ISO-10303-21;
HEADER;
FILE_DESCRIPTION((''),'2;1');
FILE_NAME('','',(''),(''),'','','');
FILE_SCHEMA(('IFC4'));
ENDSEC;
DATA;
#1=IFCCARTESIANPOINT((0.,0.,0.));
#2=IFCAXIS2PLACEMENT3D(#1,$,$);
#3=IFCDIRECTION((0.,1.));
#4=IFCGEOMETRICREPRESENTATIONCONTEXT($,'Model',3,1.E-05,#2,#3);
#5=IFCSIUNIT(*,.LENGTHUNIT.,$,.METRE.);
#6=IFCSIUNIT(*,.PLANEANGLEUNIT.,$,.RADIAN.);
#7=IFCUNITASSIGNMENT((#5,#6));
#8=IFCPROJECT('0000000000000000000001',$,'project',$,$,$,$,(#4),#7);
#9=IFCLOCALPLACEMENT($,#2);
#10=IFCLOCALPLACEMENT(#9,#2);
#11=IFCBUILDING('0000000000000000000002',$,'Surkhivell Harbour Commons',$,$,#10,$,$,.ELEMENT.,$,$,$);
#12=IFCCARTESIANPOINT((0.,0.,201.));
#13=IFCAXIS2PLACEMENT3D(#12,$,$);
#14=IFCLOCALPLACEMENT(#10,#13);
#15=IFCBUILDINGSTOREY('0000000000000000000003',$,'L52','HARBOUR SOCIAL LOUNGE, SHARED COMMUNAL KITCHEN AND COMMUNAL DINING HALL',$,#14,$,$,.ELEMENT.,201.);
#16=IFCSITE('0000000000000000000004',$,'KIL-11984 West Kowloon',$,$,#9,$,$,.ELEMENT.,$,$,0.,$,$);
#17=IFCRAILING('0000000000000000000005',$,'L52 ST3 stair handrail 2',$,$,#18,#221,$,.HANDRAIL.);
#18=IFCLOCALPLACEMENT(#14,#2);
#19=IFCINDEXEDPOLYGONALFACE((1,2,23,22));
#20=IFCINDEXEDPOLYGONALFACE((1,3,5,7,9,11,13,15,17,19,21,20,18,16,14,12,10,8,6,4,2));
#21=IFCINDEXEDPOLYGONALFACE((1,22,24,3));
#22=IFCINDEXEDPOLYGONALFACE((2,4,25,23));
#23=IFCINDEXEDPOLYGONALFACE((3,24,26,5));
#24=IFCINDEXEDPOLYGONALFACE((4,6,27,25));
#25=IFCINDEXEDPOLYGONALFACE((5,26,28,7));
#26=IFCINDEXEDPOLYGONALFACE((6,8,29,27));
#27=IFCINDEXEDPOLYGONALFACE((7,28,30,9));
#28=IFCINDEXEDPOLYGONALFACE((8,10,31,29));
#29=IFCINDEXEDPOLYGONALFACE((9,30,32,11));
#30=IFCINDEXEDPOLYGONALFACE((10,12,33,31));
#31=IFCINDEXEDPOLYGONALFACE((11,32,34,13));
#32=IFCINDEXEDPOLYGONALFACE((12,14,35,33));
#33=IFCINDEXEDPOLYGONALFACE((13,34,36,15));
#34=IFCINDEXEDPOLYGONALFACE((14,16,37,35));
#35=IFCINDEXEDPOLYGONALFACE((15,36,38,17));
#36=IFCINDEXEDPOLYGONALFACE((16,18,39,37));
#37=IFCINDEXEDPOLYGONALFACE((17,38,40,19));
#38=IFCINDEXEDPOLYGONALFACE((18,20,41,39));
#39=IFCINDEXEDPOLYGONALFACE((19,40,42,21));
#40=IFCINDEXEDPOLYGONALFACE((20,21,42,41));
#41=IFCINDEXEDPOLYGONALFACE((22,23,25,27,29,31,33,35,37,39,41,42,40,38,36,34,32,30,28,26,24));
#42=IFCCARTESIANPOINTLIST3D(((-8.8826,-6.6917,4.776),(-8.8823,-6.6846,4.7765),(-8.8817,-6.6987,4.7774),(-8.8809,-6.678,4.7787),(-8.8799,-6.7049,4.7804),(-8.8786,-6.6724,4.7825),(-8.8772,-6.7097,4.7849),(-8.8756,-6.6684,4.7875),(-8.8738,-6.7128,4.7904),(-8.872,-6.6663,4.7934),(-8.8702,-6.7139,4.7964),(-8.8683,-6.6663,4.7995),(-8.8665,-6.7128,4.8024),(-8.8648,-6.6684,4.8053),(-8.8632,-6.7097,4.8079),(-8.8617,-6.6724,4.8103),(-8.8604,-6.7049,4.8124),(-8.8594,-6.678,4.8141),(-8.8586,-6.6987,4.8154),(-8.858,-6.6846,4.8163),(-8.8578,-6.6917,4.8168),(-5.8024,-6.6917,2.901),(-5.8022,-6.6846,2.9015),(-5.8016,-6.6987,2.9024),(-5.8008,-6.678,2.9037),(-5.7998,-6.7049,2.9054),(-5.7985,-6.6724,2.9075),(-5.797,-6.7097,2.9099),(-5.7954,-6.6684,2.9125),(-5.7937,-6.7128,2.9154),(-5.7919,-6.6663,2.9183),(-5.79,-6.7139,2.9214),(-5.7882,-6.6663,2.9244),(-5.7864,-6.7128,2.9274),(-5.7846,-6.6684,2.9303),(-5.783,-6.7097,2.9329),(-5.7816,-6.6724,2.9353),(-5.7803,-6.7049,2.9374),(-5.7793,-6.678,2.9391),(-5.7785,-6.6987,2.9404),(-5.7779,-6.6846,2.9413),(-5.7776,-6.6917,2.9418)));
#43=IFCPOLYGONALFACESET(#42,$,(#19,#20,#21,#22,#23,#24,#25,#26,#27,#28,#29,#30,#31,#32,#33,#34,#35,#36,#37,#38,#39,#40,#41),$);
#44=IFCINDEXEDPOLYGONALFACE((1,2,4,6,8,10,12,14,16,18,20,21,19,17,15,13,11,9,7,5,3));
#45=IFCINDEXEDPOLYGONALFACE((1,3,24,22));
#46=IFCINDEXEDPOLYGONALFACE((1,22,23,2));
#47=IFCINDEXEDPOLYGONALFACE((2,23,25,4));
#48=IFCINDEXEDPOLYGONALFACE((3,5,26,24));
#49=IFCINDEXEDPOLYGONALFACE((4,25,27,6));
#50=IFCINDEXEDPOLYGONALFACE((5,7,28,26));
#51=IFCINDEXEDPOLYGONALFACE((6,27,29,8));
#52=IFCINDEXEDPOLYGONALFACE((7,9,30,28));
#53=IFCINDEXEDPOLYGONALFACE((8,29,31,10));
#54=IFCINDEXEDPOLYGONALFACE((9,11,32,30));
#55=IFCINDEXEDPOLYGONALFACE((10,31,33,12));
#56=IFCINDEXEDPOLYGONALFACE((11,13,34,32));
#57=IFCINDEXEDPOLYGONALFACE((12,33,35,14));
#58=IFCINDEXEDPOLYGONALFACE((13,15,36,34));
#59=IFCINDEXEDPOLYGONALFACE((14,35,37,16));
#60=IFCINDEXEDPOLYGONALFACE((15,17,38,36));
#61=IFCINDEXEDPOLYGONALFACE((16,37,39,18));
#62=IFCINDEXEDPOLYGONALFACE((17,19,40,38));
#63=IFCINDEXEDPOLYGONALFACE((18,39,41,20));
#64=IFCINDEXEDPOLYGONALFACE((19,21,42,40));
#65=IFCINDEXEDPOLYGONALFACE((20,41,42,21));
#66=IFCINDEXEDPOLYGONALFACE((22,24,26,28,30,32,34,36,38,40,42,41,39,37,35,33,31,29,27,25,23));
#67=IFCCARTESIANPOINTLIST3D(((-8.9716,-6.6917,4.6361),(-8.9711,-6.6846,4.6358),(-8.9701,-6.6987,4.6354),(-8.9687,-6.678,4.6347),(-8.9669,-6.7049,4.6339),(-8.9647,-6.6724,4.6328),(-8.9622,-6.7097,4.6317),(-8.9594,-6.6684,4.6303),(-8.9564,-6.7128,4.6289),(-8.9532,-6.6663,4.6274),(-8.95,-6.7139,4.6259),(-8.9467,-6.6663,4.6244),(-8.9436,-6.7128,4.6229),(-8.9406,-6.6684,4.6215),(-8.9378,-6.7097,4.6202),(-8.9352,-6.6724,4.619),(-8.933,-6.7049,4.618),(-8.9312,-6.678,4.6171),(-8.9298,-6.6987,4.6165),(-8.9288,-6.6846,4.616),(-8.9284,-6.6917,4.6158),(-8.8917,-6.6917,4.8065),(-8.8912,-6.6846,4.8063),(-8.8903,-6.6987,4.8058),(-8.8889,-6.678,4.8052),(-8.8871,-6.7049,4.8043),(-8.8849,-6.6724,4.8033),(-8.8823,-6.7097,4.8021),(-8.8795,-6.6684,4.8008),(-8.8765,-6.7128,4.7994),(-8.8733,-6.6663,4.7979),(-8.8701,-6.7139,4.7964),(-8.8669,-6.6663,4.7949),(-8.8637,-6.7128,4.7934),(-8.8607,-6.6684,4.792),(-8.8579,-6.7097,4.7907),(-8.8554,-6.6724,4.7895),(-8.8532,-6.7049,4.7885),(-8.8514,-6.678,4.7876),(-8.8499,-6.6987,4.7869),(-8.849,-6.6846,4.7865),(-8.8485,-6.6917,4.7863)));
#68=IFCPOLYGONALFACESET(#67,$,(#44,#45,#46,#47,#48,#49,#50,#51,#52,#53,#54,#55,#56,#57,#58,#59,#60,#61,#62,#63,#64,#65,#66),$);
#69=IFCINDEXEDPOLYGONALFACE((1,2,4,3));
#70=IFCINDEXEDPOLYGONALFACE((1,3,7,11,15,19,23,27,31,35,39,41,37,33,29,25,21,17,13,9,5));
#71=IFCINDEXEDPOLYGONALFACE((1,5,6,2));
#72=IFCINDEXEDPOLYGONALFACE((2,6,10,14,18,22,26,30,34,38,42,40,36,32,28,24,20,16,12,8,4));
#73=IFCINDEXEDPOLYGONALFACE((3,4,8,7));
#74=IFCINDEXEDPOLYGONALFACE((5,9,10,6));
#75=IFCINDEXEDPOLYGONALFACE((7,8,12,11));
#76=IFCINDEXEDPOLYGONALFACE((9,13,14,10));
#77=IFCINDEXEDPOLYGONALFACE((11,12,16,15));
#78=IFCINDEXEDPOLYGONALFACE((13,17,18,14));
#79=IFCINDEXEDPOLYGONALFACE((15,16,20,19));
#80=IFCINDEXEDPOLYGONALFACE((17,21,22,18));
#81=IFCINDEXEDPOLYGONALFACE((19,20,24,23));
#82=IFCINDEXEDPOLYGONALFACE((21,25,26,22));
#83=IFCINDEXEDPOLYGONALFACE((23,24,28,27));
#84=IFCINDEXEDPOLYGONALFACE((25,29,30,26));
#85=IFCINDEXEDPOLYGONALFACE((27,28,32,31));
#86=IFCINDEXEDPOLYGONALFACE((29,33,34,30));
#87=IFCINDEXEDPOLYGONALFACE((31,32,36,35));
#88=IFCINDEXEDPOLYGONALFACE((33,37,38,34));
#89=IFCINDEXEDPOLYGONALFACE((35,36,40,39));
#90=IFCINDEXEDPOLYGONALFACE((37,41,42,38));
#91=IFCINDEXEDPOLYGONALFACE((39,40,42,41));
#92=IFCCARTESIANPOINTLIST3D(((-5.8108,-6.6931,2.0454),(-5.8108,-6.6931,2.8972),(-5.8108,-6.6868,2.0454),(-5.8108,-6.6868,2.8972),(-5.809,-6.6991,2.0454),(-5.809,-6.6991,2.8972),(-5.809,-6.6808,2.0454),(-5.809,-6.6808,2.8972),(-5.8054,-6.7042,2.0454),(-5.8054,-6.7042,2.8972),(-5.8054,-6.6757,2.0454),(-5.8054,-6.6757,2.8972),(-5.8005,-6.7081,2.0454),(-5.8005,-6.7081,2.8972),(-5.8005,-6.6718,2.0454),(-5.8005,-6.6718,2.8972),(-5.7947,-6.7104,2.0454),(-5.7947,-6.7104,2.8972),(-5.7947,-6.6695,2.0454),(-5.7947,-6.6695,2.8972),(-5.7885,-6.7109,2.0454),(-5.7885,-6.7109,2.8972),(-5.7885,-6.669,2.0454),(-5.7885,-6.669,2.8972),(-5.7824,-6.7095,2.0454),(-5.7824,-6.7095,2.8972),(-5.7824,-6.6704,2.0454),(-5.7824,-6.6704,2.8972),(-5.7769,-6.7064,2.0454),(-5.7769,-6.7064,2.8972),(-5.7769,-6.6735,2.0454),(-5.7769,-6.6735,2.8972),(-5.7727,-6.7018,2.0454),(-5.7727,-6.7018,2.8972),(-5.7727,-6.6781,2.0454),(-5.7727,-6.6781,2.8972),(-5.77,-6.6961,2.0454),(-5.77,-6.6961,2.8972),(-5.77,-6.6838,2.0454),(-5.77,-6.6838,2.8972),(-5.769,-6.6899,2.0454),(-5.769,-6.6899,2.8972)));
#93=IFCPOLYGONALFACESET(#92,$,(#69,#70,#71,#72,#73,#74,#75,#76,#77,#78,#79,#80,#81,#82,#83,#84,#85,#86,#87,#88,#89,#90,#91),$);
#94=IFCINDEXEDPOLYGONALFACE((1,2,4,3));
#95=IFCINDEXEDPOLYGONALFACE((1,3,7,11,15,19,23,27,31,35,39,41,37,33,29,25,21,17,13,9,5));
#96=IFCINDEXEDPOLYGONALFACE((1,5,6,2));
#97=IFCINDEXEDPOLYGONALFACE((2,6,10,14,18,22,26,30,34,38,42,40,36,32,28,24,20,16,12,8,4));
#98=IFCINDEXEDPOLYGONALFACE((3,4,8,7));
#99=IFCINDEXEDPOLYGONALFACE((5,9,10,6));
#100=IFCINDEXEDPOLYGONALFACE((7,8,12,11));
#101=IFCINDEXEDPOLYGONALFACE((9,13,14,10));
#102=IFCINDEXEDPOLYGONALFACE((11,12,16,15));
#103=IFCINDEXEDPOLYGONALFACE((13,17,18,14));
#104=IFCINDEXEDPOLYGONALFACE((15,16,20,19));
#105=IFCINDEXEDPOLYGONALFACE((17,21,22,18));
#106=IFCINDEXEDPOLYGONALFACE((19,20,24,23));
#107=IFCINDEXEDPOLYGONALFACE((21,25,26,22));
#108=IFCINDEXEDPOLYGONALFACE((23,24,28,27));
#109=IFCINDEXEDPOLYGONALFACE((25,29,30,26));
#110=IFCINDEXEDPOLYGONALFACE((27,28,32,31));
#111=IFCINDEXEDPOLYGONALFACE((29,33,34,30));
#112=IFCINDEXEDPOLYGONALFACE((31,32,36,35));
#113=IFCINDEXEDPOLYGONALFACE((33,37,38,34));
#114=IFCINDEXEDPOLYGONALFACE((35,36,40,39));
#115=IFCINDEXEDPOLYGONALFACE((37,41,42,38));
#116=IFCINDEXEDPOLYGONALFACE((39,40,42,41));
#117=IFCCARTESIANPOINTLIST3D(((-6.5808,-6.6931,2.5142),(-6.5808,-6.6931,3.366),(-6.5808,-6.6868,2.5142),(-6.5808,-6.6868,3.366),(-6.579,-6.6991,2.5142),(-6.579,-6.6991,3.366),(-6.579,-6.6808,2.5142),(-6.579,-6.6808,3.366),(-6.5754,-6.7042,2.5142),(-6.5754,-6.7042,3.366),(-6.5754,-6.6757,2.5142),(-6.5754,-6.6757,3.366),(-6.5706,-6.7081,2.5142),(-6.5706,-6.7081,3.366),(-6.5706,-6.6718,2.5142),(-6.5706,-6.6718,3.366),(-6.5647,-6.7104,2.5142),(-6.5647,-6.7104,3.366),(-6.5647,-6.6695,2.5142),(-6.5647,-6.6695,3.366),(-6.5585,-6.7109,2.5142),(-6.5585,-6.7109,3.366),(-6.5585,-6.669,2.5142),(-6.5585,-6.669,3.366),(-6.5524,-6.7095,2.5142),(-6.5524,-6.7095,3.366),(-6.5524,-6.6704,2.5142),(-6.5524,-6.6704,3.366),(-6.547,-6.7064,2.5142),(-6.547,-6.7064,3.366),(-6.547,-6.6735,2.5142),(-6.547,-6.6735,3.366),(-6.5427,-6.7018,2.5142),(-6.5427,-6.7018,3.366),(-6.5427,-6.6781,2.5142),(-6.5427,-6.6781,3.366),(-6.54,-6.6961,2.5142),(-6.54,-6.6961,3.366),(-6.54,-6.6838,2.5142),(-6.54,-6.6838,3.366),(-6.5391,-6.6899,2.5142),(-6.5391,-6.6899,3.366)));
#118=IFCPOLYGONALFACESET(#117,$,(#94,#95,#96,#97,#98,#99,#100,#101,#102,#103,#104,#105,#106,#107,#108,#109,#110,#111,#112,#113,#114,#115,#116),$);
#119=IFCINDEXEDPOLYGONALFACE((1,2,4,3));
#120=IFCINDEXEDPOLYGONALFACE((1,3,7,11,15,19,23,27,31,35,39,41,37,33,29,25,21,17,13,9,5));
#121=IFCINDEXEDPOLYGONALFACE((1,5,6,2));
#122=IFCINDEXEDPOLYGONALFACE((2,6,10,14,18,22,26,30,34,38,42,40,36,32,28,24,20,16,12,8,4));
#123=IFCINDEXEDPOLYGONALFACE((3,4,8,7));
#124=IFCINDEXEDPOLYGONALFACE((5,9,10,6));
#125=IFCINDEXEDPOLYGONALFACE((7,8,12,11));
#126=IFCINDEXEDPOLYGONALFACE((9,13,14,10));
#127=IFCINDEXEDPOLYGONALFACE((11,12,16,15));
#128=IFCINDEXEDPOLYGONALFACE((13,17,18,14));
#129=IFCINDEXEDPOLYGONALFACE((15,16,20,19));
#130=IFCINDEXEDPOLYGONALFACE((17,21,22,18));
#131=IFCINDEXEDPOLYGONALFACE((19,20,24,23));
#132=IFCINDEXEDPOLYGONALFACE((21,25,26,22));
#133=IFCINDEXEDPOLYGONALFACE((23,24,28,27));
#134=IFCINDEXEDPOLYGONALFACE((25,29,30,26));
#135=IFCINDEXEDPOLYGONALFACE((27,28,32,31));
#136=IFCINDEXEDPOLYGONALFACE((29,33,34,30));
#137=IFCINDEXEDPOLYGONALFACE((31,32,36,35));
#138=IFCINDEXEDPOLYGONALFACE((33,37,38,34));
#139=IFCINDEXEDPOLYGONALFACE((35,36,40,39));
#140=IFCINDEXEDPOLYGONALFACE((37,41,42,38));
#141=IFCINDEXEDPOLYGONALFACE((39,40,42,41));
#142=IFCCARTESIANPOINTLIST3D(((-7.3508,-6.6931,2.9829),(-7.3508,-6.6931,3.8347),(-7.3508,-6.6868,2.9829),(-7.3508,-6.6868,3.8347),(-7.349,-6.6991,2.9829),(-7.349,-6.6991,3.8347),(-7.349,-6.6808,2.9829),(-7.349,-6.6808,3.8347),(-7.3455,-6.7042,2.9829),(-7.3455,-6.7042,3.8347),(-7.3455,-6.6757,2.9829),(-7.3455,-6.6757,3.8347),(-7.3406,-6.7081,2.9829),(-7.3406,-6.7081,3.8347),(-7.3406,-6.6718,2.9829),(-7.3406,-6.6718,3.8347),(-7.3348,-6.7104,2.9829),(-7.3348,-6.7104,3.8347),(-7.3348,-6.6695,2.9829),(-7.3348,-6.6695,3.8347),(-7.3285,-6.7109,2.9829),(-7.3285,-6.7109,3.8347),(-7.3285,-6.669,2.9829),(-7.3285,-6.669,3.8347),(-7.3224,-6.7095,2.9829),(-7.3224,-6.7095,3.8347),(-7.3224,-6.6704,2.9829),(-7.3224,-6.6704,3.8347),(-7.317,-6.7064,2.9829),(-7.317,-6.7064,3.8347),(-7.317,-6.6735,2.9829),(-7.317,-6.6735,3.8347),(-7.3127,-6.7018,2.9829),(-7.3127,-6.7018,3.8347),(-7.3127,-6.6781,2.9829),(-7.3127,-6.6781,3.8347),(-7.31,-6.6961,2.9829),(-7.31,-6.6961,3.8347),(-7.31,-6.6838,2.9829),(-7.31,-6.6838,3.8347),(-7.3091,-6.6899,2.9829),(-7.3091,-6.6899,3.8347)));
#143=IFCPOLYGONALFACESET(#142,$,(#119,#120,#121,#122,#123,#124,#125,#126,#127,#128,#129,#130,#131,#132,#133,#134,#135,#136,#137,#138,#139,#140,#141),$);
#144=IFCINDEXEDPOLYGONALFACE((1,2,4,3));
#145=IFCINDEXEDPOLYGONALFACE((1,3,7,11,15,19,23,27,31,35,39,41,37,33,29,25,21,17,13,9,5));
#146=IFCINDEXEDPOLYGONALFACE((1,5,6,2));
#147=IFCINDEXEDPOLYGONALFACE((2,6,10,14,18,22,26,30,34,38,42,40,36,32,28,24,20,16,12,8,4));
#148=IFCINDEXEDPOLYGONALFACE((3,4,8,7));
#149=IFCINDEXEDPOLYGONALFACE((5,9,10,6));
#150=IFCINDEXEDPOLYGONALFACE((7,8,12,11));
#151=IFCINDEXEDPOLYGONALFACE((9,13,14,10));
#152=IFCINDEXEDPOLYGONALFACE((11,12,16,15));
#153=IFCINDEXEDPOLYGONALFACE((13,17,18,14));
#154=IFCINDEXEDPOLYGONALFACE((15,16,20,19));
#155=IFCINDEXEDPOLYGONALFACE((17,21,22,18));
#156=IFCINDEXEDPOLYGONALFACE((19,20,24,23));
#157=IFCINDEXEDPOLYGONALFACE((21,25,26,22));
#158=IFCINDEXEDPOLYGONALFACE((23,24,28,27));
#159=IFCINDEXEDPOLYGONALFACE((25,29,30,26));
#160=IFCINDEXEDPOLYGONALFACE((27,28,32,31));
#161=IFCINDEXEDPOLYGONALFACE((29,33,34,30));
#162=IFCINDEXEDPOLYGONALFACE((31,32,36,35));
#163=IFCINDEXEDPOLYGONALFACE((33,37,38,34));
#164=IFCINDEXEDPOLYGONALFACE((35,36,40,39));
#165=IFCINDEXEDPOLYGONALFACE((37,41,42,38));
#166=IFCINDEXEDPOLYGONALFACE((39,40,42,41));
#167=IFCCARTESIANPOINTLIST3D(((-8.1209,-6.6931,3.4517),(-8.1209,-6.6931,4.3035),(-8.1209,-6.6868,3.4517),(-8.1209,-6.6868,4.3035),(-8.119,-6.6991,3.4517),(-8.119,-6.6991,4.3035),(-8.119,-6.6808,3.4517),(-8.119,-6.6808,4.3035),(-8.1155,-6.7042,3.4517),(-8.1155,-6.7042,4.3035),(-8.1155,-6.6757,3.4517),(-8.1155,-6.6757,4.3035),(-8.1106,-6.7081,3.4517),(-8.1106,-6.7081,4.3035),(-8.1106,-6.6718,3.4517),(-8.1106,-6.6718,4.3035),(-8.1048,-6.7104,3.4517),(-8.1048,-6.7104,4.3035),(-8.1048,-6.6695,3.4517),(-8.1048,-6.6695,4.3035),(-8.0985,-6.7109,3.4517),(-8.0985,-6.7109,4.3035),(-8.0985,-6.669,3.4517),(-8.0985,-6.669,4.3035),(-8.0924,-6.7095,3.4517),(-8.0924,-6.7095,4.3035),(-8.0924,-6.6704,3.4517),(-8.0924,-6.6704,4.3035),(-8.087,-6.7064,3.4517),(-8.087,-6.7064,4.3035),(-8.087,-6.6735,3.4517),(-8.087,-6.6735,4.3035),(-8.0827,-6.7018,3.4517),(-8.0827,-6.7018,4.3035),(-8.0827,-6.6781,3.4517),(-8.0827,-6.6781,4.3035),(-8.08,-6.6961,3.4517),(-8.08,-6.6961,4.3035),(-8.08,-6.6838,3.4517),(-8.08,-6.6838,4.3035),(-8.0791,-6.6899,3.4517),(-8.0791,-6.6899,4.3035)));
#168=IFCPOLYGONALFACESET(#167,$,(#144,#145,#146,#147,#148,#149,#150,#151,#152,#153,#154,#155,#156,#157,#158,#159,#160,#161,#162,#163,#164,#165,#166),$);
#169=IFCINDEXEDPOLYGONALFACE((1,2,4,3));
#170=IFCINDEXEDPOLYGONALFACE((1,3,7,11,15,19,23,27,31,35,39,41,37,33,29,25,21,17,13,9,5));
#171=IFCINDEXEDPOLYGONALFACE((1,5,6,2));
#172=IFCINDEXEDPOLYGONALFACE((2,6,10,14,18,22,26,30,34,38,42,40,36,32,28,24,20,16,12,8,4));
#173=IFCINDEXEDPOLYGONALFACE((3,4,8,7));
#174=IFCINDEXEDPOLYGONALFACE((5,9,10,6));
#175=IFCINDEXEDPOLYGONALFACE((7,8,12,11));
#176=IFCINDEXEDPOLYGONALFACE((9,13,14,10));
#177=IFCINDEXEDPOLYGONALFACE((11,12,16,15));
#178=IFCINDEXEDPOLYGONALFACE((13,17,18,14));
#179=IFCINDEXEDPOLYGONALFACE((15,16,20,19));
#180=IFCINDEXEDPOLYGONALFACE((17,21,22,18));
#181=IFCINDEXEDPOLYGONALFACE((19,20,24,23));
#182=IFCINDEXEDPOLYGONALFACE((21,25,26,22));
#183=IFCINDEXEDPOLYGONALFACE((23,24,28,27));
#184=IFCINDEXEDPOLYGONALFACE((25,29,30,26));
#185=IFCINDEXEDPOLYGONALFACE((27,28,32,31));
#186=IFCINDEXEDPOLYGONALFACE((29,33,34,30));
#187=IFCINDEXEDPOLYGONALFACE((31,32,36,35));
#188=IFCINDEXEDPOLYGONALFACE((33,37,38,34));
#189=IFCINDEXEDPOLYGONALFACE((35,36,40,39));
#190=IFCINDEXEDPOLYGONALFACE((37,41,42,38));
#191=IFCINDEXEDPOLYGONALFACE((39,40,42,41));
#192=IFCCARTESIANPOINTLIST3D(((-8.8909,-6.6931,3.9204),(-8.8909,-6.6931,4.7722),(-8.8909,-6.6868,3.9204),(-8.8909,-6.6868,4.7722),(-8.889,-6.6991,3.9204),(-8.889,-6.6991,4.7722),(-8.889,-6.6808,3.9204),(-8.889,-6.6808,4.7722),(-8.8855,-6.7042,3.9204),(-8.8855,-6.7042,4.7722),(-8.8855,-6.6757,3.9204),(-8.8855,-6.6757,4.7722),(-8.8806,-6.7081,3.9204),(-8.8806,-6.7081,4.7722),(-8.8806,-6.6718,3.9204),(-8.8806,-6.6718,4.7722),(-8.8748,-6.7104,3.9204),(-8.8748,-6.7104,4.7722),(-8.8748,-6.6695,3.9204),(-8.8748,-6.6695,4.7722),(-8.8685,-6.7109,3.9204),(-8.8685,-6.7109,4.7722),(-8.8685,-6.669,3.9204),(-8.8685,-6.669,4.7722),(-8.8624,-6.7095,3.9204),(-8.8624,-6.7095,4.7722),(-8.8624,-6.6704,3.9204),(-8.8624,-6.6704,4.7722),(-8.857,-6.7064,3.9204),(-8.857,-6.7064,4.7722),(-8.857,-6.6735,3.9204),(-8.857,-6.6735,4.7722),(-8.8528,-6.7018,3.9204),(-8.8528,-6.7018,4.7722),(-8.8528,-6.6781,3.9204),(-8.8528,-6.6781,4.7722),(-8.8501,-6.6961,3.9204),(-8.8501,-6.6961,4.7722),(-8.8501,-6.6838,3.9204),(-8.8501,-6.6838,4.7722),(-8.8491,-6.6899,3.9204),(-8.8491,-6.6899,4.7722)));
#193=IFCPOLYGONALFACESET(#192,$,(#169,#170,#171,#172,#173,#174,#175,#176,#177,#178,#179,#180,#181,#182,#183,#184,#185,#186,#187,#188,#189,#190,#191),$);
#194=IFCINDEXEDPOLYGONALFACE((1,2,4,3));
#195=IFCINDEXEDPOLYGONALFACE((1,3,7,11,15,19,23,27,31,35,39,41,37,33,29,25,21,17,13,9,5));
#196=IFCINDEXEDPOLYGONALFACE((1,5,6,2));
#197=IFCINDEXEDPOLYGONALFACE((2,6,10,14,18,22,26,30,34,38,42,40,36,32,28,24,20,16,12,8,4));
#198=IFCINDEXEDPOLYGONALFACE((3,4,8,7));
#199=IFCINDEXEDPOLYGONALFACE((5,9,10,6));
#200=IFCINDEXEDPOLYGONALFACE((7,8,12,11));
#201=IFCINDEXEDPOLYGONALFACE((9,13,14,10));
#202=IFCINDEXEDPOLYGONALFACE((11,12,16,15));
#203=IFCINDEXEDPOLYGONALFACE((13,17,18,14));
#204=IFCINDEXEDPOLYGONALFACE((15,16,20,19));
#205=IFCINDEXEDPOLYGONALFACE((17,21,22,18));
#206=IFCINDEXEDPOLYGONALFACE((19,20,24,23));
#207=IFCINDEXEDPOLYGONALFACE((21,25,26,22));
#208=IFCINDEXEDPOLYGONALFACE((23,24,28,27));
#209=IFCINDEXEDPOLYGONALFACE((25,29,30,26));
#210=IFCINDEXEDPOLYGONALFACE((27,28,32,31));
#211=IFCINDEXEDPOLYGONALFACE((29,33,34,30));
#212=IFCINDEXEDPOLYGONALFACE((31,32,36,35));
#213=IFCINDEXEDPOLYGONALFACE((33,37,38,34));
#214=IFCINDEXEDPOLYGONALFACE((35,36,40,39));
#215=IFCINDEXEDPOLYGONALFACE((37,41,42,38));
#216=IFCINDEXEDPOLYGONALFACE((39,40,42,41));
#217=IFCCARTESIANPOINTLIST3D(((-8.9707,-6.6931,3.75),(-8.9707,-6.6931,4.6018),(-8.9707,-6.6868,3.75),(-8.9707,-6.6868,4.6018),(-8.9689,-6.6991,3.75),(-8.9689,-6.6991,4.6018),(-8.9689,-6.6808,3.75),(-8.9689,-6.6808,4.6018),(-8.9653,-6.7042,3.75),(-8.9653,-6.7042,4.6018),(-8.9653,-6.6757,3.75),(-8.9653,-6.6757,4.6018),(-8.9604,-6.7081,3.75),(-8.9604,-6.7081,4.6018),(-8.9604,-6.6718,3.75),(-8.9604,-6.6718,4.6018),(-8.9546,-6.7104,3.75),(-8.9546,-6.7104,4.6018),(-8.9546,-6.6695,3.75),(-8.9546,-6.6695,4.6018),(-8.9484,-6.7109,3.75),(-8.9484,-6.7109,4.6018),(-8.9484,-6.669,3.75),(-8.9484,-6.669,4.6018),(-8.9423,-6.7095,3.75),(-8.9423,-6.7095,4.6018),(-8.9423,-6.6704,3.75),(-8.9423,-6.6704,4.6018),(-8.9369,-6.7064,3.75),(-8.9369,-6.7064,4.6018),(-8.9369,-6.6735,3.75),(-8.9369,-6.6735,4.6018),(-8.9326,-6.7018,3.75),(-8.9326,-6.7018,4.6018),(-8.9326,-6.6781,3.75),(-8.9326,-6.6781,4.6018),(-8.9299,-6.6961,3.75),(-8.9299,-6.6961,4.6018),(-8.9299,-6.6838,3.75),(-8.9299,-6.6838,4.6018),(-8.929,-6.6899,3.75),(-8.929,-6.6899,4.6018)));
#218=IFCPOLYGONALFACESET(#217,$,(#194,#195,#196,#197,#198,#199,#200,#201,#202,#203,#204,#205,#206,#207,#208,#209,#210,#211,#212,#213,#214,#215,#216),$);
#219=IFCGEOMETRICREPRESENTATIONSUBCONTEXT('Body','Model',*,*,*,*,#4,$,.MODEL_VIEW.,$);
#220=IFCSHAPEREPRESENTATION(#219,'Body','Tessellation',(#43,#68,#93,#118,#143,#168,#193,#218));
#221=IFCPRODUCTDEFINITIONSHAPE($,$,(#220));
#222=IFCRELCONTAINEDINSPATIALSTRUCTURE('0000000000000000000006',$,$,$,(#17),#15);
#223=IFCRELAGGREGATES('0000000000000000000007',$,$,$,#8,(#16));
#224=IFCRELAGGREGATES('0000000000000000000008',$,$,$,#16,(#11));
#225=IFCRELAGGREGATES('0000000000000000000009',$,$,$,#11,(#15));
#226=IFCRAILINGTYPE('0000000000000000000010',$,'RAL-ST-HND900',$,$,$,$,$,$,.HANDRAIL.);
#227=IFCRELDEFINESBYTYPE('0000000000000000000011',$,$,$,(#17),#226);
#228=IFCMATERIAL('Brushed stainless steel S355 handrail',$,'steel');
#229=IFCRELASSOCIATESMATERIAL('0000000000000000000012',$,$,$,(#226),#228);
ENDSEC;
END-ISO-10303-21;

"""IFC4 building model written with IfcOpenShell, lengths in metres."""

from ifc_helpers import new_model, si_unit, direction, frame, origin, origin_2d, place, context, subcontext, project, spatial, circle, extrude, material, type_object, element, save


model = new_model("IFC4")

# Units and contexts
model_context = context("Model", 3, precision=1e-05, world=origin(), true_north=direction((0.0, 1.0)))
body_context = subcontext(model_context, "Body", "Model", "MODEL_VIEW")
ifc_project = project(units=[si_unit("LENGTHUNIT", "METRE"), si_unit("PLANEANGLEUNIT", "RADIAN")], contexts=[model_context])

# Site, building, storey
site_placement = place(None, origin())
site = spatial("IfcSite", under=ifc_project, at=site_placement, Name="KIL-11984 West Kowloon", CompositionType="ELEMENT", RefElevation=0.0)
building_placement = place(site_placement, origin())
building = spatial("IfcBuilding", under=site, at=building_placement, Name="Surkhivell Harbour Commons", CompositionType="ELEMENT")
storey_placement = place(building_placement, frame((0.0, 0.0, 201.0)))
storey = spatial("IfcBuildingStorey", under=building, at=storey_placement, Name="L52", Description="HARBOUR SOCIAL LOUNGE, SHARED COMMUNAL KITCHEN AND COMMUNAL DINING HALL", CompositionType="ELEMENT", Elevation=201.0)

# Railing
ifc_material_1 = material(Name="Brushed stainless steel S355 handrail", Category="steel")
railing_type_1 = type_object("IfcRailingType", Name="RAL-ST-HND900", PredefinedType="HANDRAIL", material=ifc_material_1)
railing_1_placement = place(storey_placement, frame((-5.79, -6.6899, 2.0454)))
element("IfcRailing", 1, at=railing_1_placement, inside=storey, type_object=railing_type_1, Name="L52 ST3 stair handrail 2", PredefinedType="HANDRAIL", context=body_context, shape_type="SweptSolid", body=[
    extrude(circle(Radius=0.0239, at=origin_2d()), frame((0.0, 0.0, 0.876), z_axis=(-0.854178, 0.0, 0.519981), x_axis=(0.0, -1.0, 0.0)), (0.0, 0.0, 1.0), 3.606),
    extrude(circle(Radius=0.0239, at=origin_2d()), frame((-3.0801, 0.0, 2.751), z_axis=(-0.424234, 0.0, -0.905552), x_axis=(0.0, -1.0, 0.0)), (0.0, 0.0, 1.0), 0.1882),
    extrude(circle(Radius=0.021, at=origin_2d()), origin(), (0.0, 0.0, 1.0), 0.8518),
    extrude(circle(Radius=0.021, at=origin_2d()), frame((-0.77, 0.0, 0.4688)), (0.0, 0.0, 1.0), 0.8518),
    extrude(circle(Radius=0.021, at=origin_2d()), frame((-1.54, 0.0, 0.9375)), (0.0, 0.0, 1.0), 0.8518),
    extrude(circle(Radius=0.021, at=origin_2d()), frame((-2.3101, 0.0, 1.4062)), (0.0, 0.0, 1.0), 0.8518),
    extrude(circle(Radius=0.021, at=origin_2d()), frame((-3.0801, 0.0, 1.875)), (0.0, 0.0, 1.0), 0.8518),
    extrude(circle(Radius=0.021, at=origin_2d()), frame((-3.1599, 0.0, 1.7046)), (0.0, 0.0, 1.0), 0.8518),
])

save(model, "model.ifc")
